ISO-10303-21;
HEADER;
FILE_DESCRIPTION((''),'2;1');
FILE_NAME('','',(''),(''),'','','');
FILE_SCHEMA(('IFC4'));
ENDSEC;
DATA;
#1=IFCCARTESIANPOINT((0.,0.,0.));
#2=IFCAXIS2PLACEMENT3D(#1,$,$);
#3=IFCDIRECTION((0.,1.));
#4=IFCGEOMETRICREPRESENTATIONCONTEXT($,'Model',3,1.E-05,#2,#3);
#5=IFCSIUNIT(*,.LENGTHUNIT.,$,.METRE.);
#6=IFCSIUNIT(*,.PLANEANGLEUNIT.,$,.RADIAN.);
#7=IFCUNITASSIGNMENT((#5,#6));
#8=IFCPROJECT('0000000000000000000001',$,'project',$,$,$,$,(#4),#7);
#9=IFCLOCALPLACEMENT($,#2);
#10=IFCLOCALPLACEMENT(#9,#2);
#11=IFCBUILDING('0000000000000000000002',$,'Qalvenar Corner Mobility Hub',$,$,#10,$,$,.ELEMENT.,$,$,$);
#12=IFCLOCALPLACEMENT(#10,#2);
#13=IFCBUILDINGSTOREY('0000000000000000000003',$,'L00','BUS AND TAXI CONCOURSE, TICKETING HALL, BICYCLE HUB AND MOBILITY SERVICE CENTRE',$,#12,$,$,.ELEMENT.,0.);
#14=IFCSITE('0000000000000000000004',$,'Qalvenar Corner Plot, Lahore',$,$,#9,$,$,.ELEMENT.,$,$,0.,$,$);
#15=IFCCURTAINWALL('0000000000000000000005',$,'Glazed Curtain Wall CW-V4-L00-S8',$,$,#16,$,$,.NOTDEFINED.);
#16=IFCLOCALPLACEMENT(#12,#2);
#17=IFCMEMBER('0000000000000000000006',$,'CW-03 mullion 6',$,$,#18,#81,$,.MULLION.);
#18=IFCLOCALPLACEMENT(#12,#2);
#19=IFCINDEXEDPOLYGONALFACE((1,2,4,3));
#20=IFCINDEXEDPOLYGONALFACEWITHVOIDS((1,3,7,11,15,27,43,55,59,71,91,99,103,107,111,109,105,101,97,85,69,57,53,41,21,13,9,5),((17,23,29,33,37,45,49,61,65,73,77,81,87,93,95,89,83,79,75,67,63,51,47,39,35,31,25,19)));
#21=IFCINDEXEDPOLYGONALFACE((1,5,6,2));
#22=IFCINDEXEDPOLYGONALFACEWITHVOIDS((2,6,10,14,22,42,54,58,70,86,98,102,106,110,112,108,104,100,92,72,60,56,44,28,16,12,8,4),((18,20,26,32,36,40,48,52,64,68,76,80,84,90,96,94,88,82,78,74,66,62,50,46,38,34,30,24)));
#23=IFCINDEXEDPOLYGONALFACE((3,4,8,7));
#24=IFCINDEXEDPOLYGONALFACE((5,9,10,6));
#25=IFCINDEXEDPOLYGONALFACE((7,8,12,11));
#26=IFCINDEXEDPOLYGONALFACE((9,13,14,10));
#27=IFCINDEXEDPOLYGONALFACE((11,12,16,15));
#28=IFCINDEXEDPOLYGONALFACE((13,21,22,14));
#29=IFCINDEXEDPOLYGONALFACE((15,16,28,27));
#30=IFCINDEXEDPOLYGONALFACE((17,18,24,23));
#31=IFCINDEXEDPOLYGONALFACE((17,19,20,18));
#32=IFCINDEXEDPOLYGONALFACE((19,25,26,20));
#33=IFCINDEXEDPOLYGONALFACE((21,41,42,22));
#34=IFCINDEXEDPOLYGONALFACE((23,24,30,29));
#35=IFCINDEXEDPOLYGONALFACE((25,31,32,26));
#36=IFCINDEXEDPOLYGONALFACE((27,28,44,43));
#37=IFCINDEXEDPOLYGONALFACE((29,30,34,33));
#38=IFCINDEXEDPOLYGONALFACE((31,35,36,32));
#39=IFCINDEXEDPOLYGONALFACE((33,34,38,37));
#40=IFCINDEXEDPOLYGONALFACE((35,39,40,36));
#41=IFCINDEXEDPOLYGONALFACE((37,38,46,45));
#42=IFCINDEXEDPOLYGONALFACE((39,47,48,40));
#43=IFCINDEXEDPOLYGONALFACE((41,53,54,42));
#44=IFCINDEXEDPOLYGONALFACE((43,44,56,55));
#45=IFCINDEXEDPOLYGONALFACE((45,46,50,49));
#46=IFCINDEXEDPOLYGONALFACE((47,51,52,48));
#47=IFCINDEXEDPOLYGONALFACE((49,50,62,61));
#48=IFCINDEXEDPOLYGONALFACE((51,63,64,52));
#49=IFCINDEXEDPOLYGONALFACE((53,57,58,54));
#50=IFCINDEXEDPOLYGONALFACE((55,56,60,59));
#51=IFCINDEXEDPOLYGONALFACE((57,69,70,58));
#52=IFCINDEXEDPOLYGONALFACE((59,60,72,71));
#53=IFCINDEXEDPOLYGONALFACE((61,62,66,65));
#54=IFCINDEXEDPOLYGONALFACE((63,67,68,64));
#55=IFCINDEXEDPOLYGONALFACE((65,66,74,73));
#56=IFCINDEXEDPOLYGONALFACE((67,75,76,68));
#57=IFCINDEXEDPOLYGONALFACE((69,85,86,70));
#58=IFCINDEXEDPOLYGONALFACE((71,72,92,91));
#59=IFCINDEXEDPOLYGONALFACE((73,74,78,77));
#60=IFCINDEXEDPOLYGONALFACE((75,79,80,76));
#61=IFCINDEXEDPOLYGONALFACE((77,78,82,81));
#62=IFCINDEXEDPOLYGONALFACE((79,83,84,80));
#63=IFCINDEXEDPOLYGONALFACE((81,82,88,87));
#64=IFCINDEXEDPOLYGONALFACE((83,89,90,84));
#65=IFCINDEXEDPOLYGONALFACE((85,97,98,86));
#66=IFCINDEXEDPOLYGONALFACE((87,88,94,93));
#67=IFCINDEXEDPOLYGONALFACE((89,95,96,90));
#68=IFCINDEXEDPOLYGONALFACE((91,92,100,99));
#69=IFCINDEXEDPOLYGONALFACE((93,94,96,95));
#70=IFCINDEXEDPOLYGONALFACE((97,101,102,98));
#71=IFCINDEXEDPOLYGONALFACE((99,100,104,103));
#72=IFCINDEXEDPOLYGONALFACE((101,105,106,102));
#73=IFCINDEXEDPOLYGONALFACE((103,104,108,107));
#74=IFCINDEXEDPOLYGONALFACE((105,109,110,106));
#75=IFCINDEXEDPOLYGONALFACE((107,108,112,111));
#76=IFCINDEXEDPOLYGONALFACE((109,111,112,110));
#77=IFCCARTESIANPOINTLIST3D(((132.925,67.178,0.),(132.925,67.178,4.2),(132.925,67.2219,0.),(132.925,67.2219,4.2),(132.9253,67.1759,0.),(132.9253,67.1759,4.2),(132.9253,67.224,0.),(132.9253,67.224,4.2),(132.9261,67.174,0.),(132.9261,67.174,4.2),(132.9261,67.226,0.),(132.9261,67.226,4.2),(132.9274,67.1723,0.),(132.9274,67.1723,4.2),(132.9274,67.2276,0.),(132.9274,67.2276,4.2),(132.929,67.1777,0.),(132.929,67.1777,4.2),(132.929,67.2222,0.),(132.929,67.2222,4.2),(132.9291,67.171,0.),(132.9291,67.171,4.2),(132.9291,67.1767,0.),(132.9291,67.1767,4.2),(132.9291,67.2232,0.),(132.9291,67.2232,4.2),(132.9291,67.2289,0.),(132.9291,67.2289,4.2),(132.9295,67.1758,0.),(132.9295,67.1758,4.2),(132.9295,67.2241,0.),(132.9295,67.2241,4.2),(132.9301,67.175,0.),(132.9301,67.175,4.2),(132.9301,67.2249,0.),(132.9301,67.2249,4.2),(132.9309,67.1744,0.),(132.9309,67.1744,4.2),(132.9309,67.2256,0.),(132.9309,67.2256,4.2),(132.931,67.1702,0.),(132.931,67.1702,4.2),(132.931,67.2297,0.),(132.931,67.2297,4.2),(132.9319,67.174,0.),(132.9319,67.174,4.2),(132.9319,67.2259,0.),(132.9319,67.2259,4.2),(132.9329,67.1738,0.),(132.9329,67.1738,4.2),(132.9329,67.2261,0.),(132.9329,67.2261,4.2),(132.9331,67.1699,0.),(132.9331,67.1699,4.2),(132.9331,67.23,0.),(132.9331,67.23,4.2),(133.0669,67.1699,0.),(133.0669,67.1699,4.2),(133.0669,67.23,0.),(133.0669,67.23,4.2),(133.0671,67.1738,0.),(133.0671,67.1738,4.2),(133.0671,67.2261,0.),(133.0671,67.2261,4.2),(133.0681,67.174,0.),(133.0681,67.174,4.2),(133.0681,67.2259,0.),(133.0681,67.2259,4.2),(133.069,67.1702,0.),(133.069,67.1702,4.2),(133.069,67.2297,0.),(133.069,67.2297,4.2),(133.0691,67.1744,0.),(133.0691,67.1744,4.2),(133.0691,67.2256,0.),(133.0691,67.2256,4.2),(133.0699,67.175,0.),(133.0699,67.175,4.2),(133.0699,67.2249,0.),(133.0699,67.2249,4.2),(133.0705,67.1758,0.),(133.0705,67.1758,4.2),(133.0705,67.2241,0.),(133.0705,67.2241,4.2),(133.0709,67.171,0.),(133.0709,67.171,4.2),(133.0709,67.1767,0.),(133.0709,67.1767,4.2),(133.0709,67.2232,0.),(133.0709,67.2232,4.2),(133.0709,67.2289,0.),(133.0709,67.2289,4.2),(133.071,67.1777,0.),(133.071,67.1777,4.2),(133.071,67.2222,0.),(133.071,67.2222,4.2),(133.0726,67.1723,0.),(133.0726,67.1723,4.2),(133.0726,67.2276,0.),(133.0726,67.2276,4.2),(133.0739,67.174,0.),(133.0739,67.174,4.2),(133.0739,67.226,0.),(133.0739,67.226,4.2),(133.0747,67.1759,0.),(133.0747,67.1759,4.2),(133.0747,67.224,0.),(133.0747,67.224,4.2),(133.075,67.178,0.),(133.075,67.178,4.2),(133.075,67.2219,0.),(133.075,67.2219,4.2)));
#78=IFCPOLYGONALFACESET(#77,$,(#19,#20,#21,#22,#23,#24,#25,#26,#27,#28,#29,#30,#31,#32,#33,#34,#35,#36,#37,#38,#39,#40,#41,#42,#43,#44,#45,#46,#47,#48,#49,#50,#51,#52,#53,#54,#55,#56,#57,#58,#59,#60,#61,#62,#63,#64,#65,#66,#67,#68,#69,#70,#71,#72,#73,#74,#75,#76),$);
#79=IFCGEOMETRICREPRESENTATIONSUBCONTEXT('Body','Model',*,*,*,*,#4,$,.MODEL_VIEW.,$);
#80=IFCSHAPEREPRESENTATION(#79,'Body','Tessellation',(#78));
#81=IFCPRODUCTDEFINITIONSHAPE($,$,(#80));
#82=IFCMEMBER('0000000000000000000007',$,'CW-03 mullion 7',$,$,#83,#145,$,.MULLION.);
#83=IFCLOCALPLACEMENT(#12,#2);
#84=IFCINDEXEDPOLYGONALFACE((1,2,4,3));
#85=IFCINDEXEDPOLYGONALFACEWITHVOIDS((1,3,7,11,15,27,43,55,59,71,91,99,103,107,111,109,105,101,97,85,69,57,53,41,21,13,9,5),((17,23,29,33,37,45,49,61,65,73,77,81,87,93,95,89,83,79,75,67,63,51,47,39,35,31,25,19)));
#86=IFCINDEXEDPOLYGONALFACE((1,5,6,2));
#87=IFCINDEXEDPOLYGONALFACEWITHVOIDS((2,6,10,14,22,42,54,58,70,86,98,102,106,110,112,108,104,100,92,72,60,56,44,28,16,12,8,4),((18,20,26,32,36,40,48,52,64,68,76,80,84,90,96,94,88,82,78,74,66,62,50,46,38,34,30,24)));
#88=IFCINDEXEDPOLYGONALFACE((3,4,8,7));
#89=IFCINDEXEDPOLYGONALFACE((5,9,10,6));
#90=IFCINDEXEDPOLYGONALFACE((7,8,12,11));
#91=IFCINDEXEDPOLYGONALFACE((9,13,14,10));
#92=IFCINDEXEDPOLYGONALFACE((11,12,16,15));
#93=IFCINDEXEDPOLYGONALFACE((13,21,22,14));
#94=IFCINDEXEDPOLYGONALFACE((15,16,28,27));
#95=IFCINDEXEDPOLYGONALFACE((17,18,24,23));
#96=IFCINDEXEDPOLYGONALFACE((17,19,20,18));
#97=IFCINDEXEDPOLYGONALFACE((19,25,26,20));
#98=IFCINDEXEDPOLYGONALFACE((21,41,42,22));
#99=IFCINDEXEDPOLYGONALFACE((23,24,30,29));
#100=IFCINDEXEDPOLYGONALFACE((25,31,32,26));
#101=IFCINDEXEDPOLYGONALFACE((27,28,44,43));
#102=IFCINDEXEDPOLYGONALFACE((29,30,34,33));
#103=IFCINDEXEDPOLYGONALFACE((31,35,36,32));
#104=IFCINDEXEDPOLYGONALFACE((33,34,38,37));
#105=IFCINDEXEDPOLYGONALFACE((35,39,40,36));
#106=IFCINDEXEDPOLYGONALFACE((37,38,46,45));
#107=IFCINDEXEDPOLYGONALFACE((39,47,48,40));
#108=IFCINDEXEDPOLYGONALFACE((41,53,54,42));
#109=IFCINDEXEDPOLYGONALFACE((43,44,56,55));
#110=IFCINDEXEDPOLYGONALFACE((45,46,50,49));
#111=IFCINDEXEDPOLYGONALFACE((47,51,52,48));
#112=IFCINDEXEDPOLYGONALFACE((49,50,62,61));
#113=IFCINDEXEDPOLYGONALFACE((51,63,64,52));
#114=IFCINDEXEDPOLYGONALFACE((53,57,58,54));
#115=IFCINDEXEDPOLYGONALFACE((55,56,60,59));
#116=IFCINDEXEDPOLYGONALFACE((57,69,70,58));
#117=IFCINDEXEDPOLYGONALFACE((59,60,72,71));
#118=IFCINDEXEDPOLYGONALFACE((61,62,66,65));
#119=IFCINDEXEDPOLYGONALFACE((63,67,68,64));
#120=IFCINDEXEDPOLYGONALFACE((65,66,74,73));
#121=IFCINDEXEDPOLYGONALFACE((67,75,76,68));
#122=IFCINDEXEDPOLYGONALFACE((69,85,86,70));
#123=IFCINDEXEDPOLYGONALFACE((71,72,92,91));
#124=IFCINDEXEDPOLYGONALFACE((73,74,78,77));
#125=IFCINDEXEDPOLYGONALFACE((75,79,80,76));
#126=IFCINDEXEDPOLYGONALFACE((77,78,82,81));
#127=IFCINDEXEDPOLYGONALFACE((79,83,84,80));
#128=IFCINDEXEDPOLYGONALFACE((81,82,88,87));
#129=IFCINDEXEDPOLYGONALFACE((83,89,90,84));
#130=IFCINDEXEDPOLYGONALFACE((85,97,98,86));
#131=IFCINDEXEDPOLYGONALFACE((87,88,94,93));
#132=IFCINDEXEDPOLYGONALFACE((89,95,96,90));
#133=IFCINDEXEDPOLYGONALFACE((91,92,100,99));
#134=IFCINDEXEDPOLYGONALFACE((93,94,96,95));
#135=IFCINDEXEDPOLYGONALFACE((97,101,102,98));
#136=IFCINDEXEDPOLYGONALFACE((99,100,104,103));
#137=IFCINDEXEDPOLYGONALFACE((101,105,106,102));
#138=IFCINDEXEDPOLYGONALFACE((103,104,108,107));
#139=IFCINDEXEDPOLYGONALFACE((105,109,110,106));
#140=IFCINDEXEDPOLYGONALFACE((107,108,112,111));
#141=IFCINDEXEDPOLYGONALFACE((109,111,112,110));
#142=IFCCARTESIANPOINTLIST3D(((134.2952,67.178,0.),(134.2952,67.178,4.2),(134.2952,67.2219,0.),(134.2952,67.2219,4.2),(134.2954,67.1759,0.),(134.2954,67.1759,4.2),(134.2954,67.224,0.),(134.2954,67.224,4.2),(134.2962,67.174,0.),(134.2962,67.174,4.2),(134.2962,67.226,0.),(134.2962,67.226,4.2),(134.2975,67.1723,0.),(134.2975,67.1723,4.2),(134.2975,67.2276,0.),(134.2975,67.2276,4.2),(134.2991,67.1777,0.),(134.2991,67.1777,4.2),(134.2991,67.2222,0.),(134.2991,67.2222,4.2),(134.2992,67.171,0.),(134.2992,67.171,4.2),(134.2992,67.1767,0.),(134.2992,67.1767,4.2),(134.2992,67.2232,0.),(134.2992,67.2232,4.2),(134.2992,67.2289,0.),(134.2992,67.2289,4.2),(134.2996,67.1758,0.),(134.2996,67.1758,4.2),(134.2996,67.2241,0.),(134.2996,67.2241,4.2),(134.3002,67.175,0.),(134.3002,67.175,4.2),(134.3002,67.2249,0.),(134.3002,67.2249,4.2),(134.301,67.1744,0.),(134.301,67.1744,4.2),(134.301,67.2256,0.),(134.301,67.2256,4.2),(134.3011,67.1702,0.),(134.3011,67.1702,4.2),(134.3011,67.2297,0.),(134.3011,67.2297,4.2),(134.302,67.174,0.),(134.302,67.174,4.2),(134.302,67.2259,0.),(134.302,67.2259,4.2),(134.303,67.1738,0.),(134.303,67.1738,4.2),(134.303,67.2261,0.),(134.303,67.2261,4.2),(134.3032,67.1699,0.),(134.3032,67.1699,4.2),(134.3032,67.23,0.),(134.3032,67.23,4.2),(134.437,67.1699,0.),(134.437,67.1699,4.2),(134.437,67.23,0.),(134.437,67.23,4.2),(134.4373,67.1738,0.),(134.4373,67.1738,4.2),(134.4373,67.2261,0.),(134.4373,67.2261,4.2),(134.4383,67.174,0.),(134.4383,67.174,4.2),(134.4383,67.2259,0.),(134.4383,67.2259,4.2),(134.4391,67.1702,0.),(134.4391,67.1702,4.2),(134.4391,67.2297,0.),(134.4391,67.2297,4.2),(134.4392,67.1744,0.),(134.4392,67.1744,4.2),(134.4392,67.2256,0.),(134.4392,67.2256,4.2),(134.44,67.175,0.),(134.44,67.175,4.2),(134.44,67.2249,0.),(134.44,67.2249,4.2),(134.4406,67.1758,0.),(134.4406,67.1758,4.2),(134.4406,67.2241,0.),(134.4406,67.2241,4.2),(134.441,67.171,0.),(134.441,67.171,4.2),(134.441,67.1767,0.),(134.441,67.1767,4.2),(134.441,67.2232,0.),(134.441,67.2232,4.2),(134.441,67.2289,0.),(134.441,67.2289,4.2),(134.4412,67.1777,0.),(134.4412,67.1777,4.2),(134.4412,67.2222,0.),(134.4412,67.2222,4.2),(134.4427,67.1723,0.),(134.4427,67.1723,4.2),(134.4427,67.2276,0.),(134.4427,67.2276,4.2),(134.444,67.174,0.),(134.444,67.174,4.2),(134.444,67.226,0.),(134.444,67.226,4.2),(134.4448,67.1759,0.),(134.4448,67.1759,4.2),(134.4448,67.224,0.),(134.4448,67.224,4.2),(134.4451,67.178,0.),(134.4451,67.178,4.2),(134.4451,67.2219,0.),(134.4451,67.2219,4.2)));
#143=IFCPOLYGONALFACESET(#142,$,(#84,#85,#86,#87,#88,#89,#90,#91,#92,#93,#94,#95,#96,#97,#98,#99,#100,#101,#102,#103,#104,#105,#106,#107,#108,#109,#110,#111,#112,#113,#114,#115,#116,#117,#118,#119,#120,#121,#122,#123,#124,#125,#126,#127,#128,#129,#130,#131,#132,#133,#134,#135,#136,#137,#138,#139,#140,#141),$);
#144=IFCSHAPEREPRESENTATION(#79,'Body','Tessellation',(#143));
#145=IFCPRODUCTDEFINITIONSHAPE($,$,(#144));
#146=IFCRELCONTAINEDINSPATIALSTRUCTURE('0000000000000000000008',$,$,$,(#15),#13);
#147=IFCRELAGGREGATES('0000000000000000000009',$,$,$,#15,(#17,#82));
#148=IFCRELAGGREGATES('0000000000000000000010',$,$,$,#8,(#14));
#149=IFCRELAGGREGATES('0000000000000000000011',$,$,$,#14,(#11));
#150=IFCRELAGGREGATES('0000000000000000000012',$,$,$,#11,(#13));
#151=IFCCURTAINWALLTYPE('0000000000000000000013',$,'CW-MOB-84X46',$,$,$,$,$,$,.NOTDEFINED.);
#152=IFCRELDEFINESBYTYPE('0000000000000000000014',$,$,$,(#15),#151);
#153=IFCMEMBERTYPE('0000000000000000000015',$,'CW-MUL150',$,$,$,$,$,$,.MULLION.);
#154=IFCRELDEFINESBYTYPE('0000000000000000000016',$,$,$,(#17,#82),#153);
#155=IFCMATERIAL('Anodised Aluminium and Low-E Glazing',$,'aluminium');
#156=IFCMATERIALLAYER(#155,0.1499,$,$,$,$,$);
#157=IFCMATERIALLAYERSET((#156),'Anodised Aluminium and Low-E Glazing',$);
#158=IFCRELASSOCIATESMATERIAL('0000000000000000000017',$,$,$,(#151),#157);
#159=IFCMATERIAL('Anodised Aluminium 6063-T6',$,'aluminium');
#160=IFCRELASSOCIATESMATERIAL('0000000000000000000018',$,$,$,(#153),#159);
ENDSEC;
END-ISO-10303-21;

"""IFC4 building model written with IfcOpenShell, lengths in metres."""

from ifc_helpers import new_model, si_unit, direction, frame, origin, origin_2d, place, context, subcontext, project, spatial, hollow_rectangle, extrude, material, layer, layer_set, material_profile, profile_set, type_object, element, aggregate, save


model = new_model("IFC4")

# Units and contexts
model_context = context("Model", 3, precision=1e-05, world=origin(), true_north=direction((0.0, 1.0)))
body_context = subcontext(model_context, "Body", "Model", "MODEL_VIEW")
ifc_project = project(units=[si_unit("LENGTHUNIT", "METRE"), si_unit("PLANEANGLEUNIT", "RADIAN")], contexts=[model_context])

# Site, building, storey
site_placement = place(None, origin())
site = spatial("IfcSite", under=ifc_project, at=site_placement, Name="Qalvenar Corner Plot, Lahore", CompositionType="ELEMENT", RefElevation=0.0)
building_placement = place(site_placement, origin())
building = spatial("IfcBuilding", under=site, at=building_placement, Name="Qalvenar Corner Mobility Hub", CompositionType="ELEMENT")
storey_placement = place(building_placement, origin())
storey = spatial("IfcBuildingStorey", under=building, at=storey_placement, Name="L00", Description="BUS AND TAXI CONCOURSE, TICKETING HALL, BICYCLE HUB AND MOBILITY SERVICE CENTRE", CompositionType="ELEMENT", Elevation=0.0)

# Curtain wall, members
ifc_material_1 = material(Name="Anodised Aluminium and Low-E Glazing", Category="aluminium")
ifc_layer_1 = layer(ifc_material_1, 0.1499)
ifc_layer_set_1 = layer_set([ifc_layer_1], Name="Anodised Aluminium and Low-E Glazing")
curtain_wall_type = type_object("IfcCurtainWallType", Name="CW-MOB-84X46", PredefinedType="NOTDEFINED", material=ifc_layer_set_1)
curtain_wall_placement = place(storey_placement, origin())
curtain_wall = element("IfcCurtainWall", 1, at=curtain_wall_placement, inside=storey, type_object=curtain_wall_type, Name="Glazed Curtain Wall CW-V4-L00-S8", PredefinedType="NOTDEFINED")
ifc_material_2 = material(Name="Anodised Aluminium 6063-T6", Category="aluminium")
ifc_material_profile_1 = material_profile(ifc_material_2, hollow_rectangle(XDim=0.0601, YDim=0.1499, WallThickness=0.0039, InnerFilletRadius=0.0039, OuterFilletRadius=0.0081, at=origin_2d()), Name="RHS150x60x4")
ifc_profile_set_1 = profile_set([ifc_material_profile_1], Name="Anodised Aluminium 6063-T6")
member_type_1 = type_object("IfcMemberType", Name="CW-MUL150", PredefinedType="MULLION", material=ifc_profile_set_1)
member_1_placement = place(storey_placement, frame((133.0, 67.2, 0.0), z_axis=(0.0, 0.0, 1.0), x_axis=(0.0, 1.0, 0.0)))
member_1 = element("IfcMember", 2, at=member_1_placement, type_object=member_type_1, Name="CW-03 mullion 6", PredefinedType="MULLION", context=body_context, shape_type="SweptSolid", body=[
    extrude(hollow_rectangle(XDim=0.0601, YDim=0.1499, WallThickness=0.0039, InnerFilletRadius=0.0039, OuterFilletRadius=0.0081, at=origin_2d()), origin(), (0.0, 0.0, 1.0), 4.2),
])
member_2_placement = place(storey_placement, frame((134.3701, 67.2, 0.0), z_axis=(0.0, 0.0, 1.0), x_axis=(0.0, 1.0, 0.0)))
member_2 = element("IfcMember", 3, at=member_2_placement, type_object=member_type_1, Name="CW-03 mullion 7", PredefinedType="MULLION", context=body_context, shape_type="SweptSolid", body=[
    extrude(hollow_rectangle(XDim=0.0601, YDim=0.1499, WallThickness=0.0039, InnerFilletRadius=0.0039, OuterFilletRadius=0.0081, at=origin_2d()), origin(), (0.0, 0.0, 1.0), 4.2),
])
aggregate(curtain_wall, [member_1, member_2])

save(model, "model.ifc")
